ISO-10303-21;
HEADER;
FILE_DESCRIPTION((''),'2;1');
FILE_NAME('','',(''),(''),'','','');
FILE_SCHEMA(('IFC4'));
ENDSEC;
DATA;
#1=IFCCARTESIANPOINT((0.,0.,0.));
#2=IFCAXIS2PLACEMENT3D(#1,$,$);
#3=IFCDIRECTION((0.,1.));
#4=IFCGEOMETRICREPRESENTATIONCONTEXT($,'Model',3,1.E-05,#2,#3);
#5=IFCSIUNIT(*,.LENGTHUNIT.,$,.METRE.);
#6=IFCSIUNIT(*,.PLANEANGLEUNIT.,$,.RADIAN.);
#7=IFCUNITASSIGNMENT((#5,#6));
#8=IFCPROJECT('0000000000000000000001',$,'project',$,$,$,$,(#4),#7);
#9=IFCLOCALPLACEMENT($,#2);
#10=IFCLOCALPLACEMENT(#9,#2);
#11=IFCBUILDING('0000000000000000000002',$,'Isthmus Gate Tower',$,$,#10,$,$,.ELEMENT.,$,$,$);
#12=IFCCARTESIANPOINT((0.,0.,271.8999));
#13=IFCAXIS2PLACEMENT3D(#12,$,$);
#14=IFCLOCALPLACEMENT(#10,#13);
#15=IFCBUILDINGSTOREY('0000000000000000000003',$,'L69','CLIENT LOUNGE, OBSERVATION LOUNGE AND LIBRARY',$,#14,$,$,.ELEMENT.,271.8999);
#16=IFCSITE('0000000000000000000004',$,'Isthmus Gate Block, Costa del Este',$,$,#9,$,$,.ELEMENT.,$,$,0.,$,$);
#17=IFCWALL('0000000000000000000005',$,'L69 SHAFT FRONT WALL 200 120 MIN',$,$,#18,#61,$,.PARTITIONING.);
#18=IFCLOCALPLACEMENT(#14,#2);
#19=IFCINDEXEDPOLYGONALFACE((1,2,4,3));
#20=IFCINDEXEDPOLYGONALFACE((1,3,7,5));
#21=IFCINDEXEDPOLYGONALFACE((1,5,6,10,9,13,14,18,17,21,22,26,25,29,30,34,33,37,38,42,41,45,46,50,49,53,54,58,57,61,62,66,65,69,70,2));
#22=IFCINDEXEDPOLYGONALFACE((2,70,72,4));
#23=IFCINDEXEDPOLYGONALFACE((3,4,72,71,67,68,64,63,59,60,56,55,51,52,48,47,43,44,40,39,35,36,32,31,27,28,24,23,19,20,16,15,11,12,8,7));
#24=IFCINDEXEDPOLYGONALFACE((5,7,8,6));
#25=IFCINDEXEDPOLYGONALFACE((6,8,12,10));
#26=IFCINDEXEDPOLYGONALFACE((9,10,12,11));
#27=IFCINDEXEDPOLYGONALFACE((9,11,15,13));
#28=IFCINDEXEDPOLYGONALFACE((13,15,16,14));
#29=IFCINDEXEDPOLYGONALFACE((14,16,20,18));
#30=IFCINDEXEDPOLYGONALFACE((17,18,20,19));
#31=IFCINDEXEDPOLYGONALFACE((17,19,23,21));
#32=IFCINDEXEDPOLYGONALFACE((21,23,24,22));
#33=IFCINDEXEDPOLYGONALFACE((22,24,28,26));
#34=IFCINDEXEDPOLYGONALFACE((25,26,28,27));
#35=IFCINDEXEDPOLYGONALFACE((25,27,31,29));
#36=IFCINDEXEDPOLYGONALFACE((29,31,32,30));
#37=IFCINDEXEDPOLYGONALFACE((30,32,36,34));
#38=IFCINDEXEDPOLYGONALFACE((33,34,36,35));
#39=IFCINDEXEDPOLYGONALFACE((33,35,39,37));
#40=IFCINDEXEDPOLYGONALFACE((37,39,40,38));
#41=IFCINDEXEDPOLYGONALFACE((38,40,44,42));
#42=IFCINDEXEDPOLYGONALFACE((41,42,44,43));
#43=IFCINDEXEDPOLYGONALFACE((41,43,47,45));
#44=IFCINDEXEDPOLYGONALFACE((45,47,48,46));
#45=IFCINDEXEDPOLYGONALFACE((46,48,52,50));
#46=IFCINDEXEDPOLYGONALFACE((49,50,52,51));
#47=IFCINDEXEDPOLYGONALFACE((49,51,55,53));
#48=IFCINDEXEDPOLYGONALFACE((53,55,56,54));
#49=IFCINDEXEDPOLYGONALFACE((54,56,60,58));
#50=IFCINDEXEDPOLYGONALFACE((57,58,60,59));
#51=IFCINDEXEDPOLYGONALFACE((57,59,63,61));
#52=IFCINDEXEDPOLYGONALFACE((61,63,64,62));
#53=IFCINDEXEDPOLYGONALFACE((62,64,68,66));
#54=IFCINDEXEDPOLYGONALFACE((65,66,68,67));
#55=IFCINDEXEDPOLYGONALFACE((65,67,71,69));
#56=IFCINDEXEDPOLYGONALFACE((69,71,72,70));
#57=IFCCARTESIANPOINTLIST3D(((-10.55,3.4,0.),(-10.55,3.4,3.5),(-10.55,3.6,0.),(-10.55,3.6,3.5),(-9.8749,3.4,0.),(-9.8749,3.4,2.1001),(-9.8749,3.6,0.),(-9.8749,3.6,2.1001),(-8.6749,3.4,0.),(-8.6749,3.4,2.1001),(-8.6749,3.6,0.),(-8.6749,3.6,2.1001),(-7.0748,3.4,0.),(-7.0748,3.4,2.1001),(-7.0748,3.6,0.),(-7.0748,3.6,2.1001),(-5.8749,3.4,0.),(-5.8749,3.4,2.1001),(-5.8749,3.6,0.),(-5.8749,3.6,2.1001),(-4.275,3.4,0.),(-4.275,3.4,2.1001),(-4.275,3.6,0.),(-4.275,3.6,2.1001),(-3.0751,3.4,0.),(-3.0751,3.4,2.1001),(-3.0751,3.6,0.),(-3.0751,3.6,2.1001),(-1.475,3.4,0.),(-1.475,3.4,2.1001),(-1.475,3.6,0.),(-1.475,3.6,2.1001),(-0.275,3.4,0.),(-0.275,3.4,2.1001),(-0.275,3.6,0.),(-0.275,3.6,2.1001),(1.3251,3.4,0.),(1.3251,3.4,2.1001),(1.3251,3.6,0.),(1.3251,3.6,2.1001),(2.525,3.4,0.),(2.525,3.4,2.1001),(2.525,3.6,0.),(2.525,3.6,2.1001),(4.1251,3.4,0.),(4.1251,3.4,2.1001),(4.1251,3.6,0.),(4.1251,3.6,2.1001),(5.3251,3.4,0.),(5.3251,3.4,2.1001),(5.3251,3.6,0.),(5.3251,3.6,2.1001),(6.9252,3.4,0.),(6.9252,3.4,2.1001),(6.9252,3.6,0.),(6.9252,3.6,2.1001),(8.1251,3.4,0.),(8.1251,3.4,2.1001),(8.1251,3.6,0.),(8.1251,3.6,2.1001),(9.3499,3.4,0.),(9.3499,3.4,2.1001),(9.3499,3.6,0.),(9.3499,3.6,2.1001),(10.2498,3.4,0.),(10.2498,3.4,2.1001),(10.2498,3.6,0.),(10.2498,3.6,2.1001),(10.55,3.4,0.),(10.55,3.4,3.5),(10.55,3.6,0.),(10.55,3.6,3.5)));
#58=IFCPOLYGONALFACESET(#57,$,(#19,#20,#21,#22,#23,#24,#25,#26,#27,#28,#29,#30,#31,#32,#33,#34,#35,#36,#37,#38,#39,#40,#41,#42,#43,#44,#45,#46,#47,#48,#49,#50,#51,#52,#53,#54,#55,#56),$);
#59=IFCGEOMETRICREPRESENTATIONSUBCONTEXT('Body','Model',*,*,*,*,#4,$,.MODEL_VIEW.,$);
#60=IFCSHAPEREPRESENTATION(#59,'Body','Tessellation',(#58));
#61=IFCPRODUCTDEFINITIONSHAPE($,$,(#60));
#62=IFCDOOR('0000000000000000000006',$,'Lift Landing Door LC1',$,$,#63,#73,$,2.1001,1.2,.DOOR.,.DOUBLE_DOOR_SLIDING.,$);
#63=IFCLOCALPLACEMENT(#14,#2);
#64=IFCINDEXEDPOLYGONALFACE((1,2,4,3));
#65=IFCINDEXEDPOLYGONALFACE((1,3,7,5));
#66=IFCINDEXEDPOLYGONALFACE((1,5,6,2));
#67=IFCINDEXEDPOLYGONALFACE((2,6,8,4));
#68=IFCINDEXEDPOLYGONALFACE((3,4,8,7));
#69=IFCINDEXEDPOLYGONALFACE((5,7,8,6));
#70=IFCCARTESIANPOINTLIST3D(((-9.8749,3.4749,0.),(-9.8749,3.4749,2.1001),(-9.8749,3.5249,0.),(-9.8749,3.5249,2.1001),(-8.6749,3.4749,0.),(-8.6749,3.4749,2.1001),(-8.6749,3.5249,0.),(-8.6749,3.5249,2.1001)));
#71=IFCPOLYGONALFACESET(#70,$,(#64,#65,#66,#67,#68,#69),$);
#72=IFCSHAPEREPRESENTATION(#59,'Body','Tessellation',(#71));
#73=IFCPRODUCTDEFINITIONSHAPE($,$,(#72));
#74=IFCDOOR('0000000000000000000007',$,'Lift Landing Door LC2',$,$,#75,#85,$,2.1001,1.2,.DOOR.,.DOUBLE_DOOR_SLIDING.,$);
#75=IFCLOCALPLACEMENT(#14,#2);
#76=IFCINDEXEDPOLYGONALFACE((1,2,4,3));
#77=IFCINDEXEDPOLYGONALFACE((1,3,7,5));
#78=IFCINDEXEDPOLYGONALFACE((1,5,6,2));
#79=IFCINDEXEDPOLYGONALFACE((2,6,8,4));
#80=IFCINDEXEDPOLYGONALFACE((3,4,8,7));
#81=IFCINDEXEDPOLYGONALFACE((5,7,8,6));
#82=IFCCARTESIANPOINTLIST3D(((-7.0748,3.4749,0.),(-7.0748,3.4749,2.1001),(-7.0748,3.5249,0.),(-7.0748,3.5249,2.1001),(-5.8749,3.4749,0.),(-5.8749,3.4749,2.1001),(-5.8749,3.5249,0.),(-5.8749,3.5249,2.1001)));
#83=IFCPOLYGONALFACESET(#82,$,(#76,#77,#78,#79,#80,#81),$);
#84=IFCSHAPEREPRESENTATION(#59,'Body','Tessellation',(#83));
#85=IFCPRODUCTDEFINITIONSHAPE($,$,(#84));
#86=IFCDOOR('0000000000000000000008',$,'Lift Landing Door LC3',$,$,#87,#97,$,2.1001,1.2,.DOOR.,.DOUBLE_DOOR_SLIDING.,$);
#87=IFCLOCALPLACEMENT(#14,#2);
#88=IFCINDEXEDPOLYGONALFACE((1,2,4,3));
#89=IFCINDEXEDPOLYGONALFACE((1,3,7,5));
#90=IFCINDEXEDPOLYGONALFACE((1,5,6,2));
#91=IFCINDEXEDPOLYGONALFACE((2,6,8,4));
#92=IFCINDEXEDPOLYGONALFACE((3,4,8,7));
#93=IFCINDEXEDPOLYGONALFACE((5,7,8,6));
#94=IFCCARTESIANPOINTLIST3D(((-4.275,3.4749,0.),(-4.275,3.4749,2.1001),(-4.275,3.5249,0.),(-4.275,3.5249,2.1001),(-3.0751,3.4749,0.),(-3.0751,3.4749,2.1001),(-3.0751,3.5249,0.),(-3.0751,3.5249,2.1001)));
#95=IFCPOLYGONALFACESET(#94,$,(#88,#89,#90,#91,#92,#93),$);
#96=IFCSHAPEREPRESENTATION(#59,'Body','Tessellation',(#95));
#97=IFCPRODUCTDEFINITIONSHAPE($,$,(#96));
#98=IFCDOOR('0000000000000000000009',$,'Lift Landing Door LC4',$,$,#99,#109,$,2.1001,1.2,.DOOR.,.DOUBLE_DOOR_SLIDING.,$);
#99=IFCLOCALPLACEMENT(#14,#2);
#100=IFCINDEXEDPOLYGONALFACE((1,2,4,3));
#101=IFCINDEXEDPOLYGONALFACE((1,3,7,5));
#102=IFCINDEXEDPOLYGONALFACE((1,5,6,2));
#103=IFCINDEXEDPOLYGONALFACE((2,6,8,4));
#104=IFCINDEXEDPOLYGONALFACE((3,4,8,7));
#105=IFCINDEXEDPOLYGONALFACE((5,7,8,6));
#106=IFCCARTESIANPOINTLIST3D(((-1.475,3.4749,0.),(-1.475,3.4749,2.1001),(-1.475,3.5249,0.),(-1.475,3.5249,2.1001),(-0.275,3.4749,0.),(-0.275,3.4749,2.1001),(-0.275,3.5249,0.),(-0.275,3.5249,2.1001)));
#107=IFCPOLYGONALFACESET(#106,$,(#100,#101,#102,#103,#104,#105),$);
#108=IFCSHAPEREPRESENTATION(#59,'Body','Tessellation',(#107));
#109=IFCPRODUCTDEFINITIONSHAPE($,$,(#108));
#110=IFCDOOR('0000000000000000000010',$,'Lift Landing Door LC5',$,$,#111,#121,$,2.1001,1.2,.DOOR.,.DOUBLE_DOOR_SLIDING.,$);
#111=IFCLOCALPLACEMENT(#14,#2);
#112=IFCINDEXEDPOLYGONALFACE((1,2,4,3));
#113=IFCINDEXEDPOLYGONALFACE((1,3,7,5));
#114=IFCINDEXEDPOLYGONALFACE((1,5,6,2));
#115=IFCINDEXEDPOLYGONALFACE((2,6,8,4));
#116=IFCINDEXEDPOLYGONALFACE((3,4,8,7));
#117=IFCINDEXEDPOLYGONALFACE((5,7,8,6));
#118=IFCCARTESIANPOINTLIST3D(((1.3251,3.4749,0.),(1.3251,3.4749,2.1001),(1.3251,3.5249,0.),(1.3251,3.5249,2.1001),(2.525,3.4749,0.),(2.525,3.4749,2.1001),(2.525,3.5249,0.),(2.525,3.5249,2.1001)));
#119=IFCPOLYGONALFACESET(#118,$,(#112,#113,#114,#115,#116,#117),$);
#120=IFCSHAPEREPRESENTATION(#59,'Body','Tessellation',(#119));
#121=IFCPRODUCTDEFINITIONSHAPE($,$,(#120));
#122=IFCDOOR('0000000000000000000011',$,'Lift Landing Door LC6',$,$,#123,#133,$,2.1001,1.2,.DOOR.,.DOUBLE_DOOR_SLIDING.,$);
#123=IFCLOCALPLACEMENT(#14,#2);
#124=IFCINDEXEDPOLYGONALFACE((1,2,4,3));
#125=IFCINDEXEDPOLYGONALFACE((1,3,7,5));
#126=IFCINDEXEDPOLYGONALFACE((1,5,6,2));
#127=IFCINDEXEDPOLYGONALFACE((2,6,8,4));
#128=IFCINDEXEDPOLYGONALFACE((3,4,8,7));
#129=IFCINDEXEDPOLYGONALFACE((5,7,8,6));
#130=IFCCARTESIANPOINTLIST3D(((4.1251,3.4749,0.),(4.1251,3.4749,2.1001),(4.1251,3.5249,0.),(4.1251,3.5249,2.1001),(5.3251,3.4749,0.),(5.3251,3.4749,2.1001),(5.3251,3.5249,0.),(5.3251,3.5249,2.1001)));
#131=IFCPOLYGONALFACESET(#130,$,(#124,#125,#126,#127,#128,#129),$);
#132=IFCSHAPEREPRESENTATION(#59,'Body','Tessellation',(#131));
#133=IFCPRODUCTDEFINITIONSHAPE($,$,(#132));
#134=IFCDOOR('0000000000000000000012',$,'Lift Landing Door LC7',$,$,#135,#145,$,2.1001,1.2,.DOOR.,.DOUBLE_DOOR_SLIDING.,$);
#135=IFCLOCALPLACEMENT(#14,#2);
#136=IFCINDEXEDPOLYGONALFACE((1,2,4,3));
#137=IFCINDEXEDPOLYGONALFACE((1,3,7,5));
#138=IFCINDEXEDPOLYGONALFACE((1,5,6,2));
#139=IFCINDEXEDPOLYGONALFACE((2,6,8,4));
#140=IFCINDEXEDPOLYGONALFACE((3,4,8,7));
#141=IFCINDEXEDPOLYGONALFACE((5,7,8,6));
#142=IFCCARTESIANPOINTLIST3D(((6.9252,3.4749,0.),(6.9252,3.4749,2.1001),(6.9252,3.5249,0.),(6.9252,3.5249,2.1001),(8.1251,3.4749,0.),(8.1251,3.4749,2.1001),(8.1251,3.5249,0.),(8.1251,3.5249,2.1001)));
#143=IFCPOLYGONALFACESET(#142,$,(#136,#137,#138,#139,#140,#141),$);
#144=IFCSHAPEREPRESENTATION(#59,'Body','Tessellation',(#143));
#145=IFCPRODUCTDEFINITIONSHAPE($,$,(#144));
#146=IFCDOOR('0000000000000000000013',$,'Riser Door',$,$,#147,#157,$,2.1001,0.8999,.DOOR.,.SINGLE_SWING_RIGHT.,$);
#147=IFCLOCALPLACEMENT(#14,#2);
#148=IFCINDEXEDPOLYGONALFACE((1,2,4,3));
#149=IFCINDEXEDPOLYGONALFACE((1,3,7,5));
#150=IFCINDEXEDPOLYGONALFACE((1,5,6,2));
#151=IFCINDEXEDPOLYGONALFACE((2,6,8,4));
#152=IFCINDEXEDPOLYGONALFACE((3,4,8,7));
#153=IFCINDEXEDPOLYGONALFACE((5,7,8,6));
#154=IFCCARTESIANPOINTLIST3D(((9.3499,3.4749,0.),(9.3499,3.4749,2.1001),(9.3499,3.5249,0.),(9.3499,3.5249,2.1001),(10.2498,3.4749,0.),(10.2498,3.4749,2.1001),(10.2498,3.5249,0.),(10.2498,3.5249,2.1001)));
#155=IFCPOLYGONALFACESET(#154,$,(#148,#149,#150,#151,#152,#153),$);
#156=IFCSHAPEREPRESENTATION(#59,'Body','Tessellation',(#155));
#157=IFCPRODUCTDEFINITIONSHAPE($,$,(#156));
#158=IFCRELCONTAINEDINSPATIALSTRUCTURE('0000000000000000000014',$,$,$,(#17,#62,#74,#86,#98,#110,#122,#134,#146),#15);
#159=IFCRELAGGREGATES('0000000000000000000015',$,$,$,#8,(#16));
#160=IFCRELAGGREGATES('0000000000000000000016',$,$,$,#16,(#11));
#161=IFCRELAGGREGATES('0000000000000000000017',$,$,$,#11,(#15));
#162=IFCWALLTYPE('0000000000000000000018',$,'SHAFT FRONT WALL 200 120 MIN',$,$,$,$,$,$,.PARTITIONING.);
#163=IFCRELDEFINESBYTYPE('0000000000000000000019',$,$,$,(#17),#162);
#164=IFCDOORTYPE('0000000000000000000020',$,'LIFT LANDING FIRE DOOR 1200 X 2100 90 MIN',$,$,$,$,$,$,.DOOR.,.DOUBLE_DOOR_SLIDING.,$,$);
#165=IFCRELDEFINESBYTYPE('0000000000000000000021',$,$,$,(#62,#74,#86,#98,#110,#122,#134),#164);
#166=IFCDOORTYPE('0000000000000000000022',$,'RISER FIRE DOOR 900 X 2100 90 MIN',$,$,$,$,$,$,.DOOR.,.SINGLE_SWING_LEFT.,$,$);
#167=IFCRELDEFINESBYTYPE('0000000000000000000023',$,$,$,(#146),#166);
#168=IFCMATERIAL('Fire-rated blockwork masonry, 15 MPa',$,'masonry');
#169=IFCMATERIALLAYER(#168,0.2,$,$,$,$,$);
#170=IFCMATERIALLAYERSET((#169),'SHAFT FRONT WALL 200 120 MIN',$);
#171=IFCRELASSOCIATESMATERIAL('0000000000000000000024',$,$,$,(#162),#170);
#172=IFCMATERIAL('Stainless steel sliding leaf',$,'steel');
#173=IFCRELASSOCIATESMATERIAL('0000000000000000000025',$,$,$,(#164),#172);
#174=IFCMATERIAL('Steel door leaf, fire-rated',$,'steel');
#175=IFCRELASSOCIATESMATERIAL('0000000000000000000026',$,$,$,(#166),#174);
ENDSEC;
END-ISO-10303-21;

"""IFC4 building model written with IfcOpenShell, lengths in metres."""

from ifc_helpers import new_model, si_unit, direction, frame, frame_2d, origin, place, context, subcontext, project, spatial, rectangle, extrude, material, layer, layer_set, type_object, element, fill, save


model = new_model("IFC4")

# Units and contexts
model_context = context("Model", 3, precision=1e-05, world=origin(), true_north=direction((0.0, 1.0)))
body_context = subcontext(model_context, "Body", "Model", "MODEL_VIEW")
ifc_project = project(units=[si_unit("LENGTHUNIT", "METRE"), si_unit("PLANEANGLEUNIT", "RADIAN")], contexts=[model_context])

# Site, building, storey
site_placement = place(None, origin())
site = spatial("IfcSite", under=ifc_project, at=site_placement, Name="Isthmus Gate Block, Costa del Este", CompositionType="ELEMENT", RefElevation=0.0)
building_placement = place(site_placement, origin())
building = spatial("IfcBuilding", under=site, at=building_placement, Name="Isthmus Gate Tower", CompositionType="ELEMENT")
storey_placement = place(building_placement, frame((0.0, 0.0, 271.8999)))
storey = spatial("IfcBuildingStorey", under=building, at=storey_placement, Name="L69", Description="CLIENT LOUNGE, OBSERVATION LOUNGE AND LIBRARY", CompositionType="ELEMENT", Elevation=271.8999)

# Wall, openings, doors
ifc_material_1 = material(Name="Fire-rated blockwork masonry, 15 MPa", Category="masonry")
ifc_layer_1 = layer(ifc_material_1, 0.2)
ifc_layer_set_1 = layer_set([ifc_layer_1], Name="SHAFT FRONT WALL 200 120 MIN")
wall_type_1 = type_object("IfcWallType", Name="SHAFT FRONT WALL 200 120 MIN", PredefinedType="PARTITIONING", material=ifc_layer_set_1)
wall_1_placement = place(storey_placement, frame((-10.55, 3.5, 0.0), z_axis=(0.0, 0.0, 1.0), x_axis=(1.0, 0.0, 0.0)))
wall_1 = element("IfcWall", 1, at=wall_1_placement, inside=storey, type_object=wall_type_1, Name="L69 SHAFT FRONT WALL 200 120 MIN", PredefinedType="PARTITIONING", context=body_context, shape_type="SweptSolid", body=[
    extrude(rectangle(XDim=21.1001, YDim=0.2, at=frame_2d((10.55, 0.0))), origin(), (0.0, 0.0, 1.0), 3.5),
])
opening_1_placement = place(wall_1_placement, frame((0.675, 0.0, 0.0)))
opening_1 = element("IfcOpeningElement", 2, at=opening_1_placement, cuts=wall_1, PredefinedType="OPENING", context=body_context, shape_type="SweptSolid", body=[
    extrude(rectangle(XDim=1.2, YDim=2.1001, at=frame_2d((0.6001, 1.05))), frame((0.0, 0.1099, 0.0), z_axis=(0.0, -1.0, 0.0), x_axis=(1.0, 0.0, 0.0)), (0.0, 0.0, 1.0), 0.22),
])
opening_2_placement = place(wall_1_placement, frame((3.4751, 0.0, 0.0)))
opening_2 = element("IfcOpeningElement", 3, at=opening_2_placement, cuts=wall_1, PredefinedType="OPENING", context=body_context, shape_type="SweptSolid", body=[
    extrude(rectangle(XDim=1.2, YDim=2.1001, at=frame_2d((0.6001, 1.05))), frame((0.0, 0.1099, 0.0), z_axis=(0.0, -1.0, 0.0), x_axis=(1.0, 0.0, 0.0)), (0.0, 0.0, 1.0), 0.22),
])
opening_3_placement = place(wall_1_placement, frame((6.2749, 0.0, 0.0)))
opening_3 = element("IfcOpeningElement", 4, at=opening_3_placement, cuts=wall_1, PredefinedType="OPENING", context=body_context, shape_type="SweptSolid", body=[
    extrude(rectangle(XDim=1.2, YDim=2.1001, at=frame_2d((0.6001, 1.05))), frame((0.0, 0.1099, 0.0), z_axis=(0.0, -1.0, 0.0), x_axis=(1.0, 0.0, 0.0)), (0.0, 0.0, 1.0), 0.22),
])
opening_4_placement = place(wall_1_placement, frame((9.075, 0.0, 0.0)))
opening_4 = element("IfcOpeningElement", 5, at=opening_4_placement, cuts=wall_1, PredefinedType="OPENING", context=body_context, shape_type="SweptSolid", body=[
    extrude(rectangle(XDim=1.2, YDim=2.1001, at=frame_2d((0.6001, 1.05))), frame((0.0, 0.1099, 0.0), z_axis=(0.0, -1.0, 0.0), x_axis=(1.0, 0.0, 0.0)), (0.0, 0.0, 1.0), 0.22),
])
opening_5_placement = place(wall_1_placement, frame((11.875, 0.0, 0.0)))
opening_5 = element("IfcOpeningElement", 6, at=opening_5_placement, cuts=wall_1, PredefinedType="OPENING", context=body_context, shape_type="SweptSolid", body=[
    extrude(rectangle(XDim=1.2, YDim=2.1001, at=frame_2d((0.6001, 1.05))), frame((0.0, 0.1099, 0.0), z_axis=(0.0, -1.0, 0.0), x_axis=(1.0, 0.0, 0.0)), (0.0, 0.0, 1.0), 0.22),
])
opening_6_placement = place(wall_1_placement, frame((14.675, 0.0, 0.0)))
opening_6 = element("IfcOpeningElement", 7, at=opening_6_placement, cuts=wall_1, PredefinedType="OPENING", context=body_context, shape_type="SweptSolid", body=[
    extrude(rectangle(XDim=1.2, YDim=2.1001, at=frame_2d((0.6001, 1.05))), frame((0.0, 0.1099, 0.0), z_axis=(0.0, -1.0, 0.0), x_axis=(1.0, 0.0, 0.0)), (0.0, 0.0, 1.0), 0.22),
])
opening_7_placement = place(wall_1_placement, frame((17.4751, 0.0, 0.0)))
opening_7 = element("IfcOpeningElement", 8, at=opening_7_placement, cuts=wall_1, PredefinedType="OPENING", context=body_context, shape_type="SweptSolid", body=[
    extrude(rectangle(XDim=1.2, YDim=2.1001, at=frame_2d((0.6001, 1.05))), frame((0.0, 0.1099, 0.0), z_axis=(0.0, -1.0, 0.0), x_axis=(1.0, 0.0, 0.0)), (0.0, 0.0, 1.0), 0.22),
])
opening_8_placement = place(wall_1_placement, frame((19.8999, 0.0, 0.0)))
opening_8 = element("IfcOpeningElement", 9, at=opening_8_placement, cuts=wall_1, PredefinedType="OPENING", context=body_context, shape_type="SweptSolid", body=[
    extrude(rectangle(XDim=0.8999, YDim=2.1001, at=frame_2d((0.45, 1.05))), frame((0.0, 0.1099, 0.0), z_axis=(0.0, -1.0, 0.0), x_axis=(1.0, 0.0, 0.0)), (0.0, 0.0, 1.0), 0.22),
])
ifc_material_2 = material(Name="Stainless steel sliding leaf", Category="steel")
door_type_1 = type_object("IfcDoorType", Name="LIFT LANDING FIRE DOOR 1200 X 2100 90 MIN", OperationType="DOUBLE_DOOR_SLIDING", PredefinedType="DOOR", material=ifc_material_2)
door_1_placement = place(opening_1_placement, origin())
door_1 = element("IfcDoor", 10, at=door_1_placement, inside=storey, type_object=door_type_1, Name="Lift Landing Door LC1", OperationType="DOUBLE_DOOR_SLIDING", OverallHeight=2.1001, OverallWidth=1.2, PredefinedType="DOOR", context=body_context, shape_type="SweptSolid", body=[
    extrude(rectangle(XDim=1.2, YDim=2.1001, at=frame_2d((0.6001, 1.05))), frame((0.0, 0.0249, 0.0), z_axis=(0.0, -1.0, 0.0), x_axis=(1.0, 0.0, 0.0)), (0.0, 0.0, 1.0), 0.05),
])
fill(opening_1, door_1)
door_2_placement = place(opening_2_placement, origin())
door_2 = element("IfcDoor", 11, at=door_2_placement, inside=storey, type_object=door_type_1, Name="Lift Landing Door LC2", OperationType="DOUBLE_DOOR_SLIDING", OverallHeight=2.1001, OverallWidth=1.2, PredefinedType="DOOR", context=body_context, shape_type="SweptSolid", body=[
    extrude(rectangle(XDim=1.2, YDim=2.1001, at=frame_2d((0.6001, 1.05))), frame((0.0, 0.0249, 0.0), z_axis=(0.0, -1.0, 0.0), x_axis=(1.0, 0.0, 0.0)), (0.0, 0.0, 1.0), 0.05),
])
fill(opening_2, door_2)
door_3_placement = place(opening_3_placement, origin())
door_3 = element("IfcDoor", 12, at=door_3_placement, inside=storey, type_object=door_type_1, Name="Lift Landing Door LC3", OperationType="DOUBLE_DOOR_SLIDING", OverallHeight=2.1001, OverallWidth=1.2, PredefinedType="DOOR", context=body_context, shape_type="SweptSolid", body=[
    extrude(rectangle(XDim=1.2, YDim=2.1001, at=frame_2d((0.6001, 1.05))), frame((0.0, 0.0249, 0.0), z_axis=(0.0, -1.0, 0.0), x_axis=(1.0, 0.0, 0.0)), (0.0, 0.0, 1.0), 0.05),
])
fill(opening_3, door_3)
door_4_placement = place(opening_4_placement, origin())
door_4 = element("IfcDoor", 13, at=door_4_placement, inside=storey, type_object=door_type_1, Name="Lift Landing Door LC4", OperationType="DOUBLE_DOOR_SLIDING", OverallHeight=2.1001, OverallWidth=1.2, PredefinedType="DOOR", context=body_context, shape_type="SweptSolid", body=[
    extrude(rectangle(XDim=1.2, YDim=2.1001, at=frame_2d((0.6001, 1.05))), frame((0.0, 0.0249, 0.0), z_axis=(0.0, -1.0, 0.0), x_axis=(1.0, 0.0, 0.0)), (0.0, 0.0, 1.0), 0.05),
])
fill(opening_4, door_4)
door_5_placement = place(opening_5_placement, origin())
door_5 = element("IfcDoor", 14, at=door_5_placement, inside=storey, type_object=door_type_1, Name="Lift Landing Door LC5", OperationType="DOUBLE_DOOR_SLIDING", OverallHeight=2.1001, OverallWidth=1.2, PredefinedType="DOOR", context=body_context, shape_type="SweptSolid", body=[
    extrude(rectangle(XDim=1.2, YDim=2.1001, at=frame_2d((0.6001, 1.05))), frame((0.0, 0.0249, 0.0), z_axis=(0.0, -1.0, 0.0), x_axis=(1.0, 0.0, 0.0)), (0.0, 0.0, 1.0), 0.05),
])
fill(opening_5, door_5)
door_6_placement = place(opening_6_placement, origin())
door_6 = element("IfcDoor", 15, at=door_6_placement, inside=storey, type_object=door_type_1, Name="Lift Landing Door LC6", OperationType="DOUBLE_DOOR_SLIDING", OverallHeight=2.1001, OverallWidth=1.2, PredefinedType="DOOR", context=body_context, shape_type="SweptSolid", body=[
    extrude(rectangle(XDim=1.2, YDim=2.1001, at=frame_2d((0.6001, 1.05))), frame((0.0, 0.0249, 0.0), z_axis=(0.0, -1.0, 0.0), x_axis=(1.0, 0.0, 0.0)), (0.0, 0.0, 1.0), 0.05),
])
fill(opening_6, door_6)
door_7_placement = place(opening_7_placement, origin())
door_7 = element("IfcDoor", 16, at=door_7_placement, inside=storey, type_object=door_type_1, Name="Lift Landing Door LC7", OperationType="DOUBLE_DOOR_SLIDING", OverallHeight=2.1001, OverallWidth=1.2, PredefinedType="DOOR", context=body_context, shape_type="SweptSolid", body=[
    extrude(rectangle(XDim=1.2, YDim=2.1001, at=frame_2d((0.6001, 1.05))), frame((0.0, 0.0249, 0.0), z_axis=(0.0, -1.0, 0.0), x_axis=(1.0, 0.0, 0.0)), (0.0, 0.0, 1.0), 0.05),
])
fill(opening_7, door_7)
ifc_material_3 = material(Name="Steel door leaf, fire-rated", Category="steel")
door_type_2 = type_object("IfcDoorType", Name="RISER FIRE DOOR 900 X 2100 90 MIN", OperationType="SINGLE_SWING_LEFT", PredefinedType="DOOR", material=ifc_material_3)
door_8_placement = place(opening_8_placement, origin())
door_8 = element("IfcDoor", 17, at=door_8_placement, inside=storey, type_object=door_type_2, Name="Riser Door", OperationType="SINGLE_SWING_RIGHT", OverallHeight=2.1001, OverallWidth=0.8999, PredefinedType="DOOR", context=body_context, shape_type="SweptSolid", body=[
    extrude(rectangle(XDim=0.8999, YDim=2.1001, at=frame_2d((0.45, 1.05))), frame((0.0, 0.0249, 0.0), z_axis=(0.0, -1.0, 0.0), x_axis=(1.0, 0.0, 0.0)), (0.0, 0.0, 1.0), 0.05),
])
fill(opening_8, door_8)

save(model, "model.ifc")
